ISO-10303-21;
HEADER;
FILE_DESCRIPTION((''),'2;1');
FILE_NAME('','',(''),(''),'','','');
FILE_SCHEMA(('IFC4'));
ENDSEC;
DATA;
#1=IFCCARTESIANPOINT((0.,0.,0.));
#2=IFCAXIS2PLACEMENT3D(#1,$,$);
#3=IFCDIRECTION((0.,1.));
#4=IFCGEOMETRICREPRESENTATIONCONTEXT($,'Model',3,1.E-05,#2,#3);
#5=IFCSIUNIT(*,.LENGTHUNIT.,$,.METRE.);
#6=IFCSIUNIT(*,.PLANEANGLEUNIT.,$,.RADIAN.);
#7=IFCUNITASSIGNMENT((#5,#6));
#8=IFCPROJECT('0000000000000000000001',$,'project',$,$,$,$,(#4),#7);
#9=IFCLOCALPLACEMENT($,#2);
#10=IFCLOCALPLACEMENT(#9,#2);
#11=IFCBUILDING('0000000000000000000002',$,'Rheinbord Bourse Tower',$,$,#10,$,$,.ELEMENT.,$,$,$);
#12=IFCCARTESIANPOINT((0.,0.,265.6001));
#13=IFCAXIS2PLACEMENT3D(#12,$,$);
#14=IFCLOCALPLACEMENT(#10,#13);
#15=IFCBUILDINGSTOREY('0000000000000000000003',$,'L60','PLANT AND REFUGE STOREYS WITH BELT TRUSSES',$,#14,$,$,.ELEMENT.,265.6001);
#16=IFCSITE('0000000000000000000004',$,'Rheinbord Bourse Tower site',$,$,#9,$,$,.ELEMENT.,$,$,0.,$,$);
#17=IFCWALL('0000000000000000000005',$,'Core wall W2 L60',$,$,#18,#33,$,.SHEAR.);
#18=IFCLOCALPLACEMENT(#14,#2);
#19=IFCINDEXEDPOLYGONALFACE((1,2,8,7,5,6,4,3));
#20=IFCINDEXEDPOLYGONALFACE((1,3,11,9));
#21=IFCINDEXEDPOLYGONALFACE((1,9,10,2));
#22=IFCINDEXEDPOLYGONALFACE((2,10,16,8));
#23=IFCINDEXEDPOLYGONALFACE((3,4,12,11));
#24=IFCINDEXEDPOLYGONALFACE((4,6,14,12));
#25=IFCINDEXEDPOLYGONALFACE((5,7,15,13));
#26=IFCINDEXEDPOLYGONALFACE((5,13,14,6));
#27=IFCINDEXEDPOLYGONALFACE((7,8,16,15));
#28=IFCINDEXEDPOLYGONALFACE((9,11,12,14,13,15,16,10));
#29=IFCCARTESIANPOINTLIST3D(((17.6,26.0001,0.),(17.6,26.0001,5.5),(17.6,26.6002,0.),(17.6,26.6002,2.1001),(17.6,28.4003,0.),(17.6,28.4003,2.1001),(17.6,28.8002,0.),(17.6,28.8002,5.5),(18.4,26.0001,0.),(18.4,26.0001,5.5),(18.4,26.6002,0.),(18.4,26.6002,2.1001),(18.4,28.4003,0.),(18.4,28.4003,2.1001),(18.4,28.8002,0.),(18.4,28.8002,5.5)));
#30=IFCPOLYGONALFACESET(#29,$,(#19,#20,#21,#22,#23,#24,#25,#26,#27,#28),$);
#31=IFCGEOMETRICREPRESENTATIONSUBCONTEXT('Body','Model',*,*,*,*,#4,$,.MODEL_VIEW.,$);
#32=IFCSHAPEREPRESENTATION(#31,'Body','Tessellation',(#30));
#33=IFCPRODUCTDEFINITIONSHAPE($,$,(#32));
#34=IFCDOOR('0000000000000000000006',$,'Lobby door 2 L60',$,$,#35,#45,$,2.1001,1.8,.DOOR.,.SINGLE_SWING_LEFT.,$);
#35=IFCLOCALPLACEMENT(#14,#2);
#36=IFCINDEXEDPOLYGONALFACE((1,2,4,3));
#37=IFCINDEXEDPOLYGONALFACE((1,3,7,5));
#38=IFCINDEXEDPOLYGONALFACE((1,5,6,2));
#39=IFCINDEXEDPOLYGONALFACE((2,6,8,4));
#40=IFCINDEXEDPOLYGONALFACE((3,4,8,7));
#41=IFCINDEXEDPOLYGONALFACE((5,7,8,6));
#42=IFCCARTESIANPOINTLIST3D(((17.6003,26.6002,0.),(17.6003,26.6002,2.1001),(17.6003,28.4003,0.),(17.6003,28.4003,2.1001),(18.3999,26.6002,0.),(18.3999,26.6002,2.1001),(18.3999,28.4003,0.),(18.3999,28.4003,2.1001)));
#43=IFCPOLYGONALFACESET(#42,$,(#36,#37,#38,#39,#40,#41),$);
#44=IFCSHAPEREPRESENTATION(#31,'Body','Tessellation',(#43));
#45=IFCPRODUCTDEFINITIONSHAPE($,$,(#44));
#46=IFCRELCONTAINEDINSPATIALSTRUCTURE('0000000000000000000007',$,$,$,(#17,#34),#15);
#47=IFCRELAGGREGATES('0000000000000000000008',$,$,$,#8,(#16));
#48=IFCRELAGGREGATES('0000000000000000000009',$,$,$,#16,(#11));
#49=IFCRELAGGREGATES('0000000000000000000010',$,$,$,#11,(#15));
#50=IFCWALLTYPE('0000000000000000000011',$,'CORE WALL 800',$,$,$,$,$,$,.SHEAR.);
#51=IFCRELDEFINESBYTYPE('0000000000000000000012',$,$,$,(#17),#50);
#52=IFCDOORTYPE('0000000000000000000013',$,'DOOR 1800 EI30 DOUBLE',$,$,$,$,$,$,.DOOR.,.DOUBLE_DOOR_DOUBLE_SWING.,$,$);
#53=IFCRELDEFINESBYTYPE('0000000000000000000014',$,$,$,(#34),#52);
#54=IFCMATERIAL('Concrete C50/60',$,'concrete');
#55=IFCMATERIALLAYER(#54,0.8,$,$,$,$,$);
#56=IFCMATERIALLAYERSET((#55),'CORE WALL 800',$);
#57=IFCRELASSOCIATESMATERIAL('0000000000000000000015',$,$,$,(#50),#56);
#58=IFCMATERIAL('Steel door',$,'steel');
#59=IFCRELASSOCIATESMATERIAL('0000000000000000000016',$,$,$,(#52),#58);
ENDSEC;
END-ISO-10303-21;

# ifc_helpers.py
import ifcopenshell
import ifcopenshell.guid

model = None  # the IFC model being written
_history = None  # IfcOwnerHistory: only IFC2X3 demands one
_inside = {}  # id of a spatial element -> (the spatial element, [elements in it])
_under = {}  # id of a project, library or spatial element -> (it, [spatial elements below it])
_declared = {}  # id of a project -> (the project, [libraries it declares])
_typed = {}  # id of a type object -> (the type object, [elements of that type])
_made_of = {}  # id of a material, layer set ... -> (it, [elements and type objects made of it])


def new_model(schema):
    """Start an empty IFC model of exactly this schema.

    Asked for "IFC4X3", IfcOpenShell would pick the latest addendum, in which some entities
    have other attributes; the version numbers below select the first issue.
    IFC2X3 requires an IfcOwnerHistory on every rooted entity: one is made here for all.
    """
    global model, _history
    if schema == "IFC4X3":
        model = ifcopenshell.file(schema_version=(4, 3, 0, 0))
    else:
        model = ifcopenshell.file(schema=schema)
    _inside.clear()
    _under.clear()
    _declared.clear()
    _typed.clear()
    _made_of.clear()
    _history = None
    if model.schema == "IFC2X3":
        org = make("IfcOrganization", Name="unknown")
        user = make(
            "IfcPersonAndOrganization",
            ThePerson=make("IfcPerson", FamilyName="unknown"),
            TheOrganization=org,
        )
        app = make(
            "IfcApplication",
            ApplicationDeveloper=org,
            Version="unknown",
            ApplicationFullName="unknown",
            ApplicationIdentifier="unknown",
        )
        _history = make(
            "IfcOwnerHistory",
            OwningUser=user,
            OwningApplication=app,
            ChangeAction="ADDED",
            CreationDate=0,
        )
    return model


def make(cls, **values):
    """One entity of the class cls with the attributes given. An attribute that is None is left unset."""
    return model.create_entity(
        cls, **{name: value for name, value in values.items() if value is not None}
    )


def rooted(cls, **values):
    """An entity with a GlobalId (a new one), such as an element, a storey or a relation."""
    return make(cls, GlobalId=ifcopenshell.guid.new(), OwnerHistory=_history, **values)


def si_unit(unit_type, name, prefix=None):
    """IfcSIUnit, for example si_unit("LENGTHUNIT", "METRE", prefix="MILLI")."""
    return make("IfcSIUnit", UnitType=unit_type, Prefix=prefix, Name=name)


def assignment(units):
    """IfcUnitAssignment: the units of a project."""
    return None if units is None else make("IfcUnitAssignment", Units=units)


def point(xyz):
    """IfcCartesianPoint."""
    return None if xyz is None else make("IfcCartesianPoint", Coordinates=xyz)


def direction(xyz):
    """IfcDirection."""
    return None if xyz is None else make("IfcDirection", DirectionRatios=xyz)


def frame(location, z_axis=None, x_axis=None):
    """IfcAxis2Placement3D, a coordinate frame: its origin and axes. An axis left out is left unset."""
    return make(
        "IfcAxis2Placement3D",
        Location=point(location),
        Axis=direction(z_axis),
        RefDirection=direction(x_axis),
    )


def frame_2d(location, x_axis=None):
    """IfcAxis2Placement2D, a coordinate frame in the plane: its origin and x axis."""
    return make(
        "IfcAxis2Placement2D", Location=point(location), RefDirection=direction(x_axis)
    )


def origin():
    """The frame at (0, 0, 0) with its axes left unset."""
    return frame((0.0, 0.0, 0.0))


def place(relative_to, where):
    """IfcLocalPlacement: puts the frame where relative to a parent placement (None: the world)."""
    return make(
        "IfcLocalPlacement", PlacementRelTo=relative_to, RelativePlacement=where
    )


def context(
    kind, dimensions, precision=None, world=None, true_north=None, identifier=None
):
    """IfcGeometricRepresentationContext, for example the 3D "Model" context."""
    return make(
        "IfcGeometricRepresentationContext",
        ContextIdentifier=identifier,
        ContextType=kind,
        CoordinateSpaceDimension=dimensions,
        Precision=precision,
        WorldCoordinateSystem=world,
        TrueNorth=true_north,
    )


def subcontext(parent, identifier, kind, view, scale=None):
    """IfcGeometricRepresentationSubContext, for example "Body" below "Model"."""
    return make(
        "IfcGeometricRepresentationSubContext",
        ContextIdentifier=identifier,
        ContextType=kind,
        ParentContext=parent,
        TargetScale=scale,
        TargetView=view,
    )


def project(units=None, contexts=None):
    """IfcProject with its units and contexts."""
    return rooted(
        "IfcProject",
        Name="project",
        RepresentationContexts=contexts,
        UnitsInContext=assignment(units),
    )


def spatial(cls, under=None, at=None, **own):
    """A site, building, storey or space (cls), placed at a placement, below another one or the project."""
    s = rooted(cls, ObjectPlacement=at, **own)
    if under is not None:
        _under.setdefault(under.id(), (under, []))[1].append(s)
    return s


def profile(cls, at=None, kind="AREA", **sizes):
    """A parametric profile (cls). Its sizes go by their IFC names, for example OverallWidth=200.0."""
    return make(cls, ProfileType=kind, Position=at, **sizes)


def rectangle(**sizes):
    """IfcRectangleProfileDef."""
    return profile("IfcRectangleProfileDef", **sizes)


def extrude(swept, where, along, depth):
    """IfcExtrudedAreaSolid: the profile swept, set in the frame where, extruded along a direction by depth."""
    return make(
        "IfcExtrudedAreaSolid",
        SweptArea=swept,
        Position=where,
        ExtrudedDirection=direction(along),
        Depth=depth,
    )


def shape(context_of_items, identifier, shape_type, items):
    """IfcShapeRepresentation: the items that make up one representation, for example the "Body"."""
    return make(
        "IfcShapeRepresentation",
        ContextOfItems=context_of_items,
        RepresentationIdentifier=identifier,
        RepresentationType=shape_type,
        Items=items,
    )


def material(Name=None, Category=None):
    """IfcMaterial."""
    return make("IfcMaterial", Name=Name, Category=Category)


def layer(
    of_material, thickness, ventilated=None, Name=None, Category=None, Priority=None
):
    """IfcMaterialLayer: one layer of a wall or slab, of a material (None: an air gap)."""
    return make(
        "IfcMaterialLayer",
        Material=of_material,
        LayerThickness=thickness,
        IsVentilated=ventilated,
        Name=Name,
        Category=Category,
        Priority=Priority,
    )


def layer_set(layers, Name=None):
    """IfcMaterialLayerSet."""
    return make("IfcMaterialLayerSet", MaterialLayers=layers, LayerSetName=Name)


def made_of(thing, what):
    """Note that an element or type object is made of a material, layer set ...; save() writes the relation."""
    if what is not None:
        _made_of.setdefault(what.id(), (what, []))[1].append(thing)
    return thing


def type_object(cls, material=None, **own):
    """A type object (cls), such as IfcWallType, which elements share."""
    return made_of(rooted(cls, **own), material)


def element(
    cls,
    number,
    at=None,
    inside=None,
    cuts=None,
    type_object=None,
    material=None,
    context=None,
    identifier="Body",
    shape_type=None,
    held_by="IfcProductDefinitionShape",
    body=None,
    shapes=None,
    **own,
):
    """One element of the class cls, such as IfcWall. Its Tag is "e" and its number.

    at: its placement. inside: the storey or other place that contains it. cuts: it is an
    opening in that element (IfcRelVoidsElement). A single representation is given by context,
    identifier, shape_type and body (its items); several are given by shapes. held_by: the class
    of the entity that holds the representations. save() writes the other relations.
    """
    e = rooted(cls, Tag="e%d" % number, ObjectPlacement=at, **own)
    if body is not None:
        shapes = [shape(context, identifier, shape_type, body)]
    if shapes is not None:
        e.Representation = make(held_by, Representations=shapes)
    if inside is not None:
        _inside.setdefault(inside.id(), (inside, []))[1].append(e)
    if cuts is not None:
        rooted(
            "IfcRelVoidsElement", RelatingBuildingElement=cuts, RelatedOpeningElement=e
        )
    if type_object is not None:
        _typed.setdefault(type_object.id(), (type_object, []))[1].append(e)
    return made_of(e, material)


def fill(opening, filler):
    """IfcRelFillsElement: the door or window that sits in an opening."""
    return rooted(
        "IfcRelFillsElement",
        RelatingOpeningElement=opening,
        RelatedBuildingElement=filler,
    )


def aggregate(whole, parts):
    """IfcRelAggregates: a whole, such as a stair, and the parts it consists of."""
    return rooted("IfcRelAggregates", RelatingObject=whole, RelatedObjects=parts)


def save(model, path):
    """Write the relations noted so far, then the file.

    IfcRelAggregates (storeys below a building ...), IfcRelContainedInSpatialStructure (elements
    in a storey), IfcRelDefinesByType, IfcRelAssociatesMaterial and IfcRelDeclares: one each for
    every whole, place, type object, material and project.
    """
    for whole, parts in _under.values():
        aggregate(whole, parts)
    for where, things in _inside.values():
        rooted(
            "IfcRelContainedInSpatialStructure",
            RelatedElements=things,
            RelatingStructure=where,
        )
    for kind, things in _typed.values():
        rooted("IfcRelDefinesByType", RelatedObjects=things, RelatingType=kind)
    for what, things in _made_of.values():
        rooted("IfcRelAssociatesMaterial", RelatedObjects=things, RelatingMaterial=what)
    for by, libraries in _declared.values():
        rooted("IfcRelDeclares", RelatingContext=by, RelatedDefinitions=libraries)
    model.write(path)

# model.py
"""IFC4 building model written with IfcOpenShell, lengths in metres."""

from ifc_helpers import new_model, si_unit, direction, frame, frame_2d, origin, place, context, subcontext, project, spatial, rectangle, extrude, material, layer, layer_set, type_object, element, fill, save


model = new_model("IFC4")

# Units and contexts
model_context = context("Model", 3, precision=1e-05, world=origin(), true_north=direction((0.0, 1.0)))
body_context = subcontext(model_context, "Body", "Model", "MODEL_VIEW")
ifc_project = project(units=[si_unit("LENGTHUNIT", "METRE"), si_unit("PLANEANGLEUNIT", "RADIAN")], contexts=[model_context])

# Site, building, storey
site_placement = place(None, origin())
site = spatial("IfcSite", under=ifc_project, at=site_placement, Name="Rheinbord Bourse Tower site", CompositionType="ELEMENT", RefElevation=0.0)
building_placement = place(site_placement, origin())
building = spatial("IfcBuilding", under=site, at=building_placement, Name="Rheinbord Bourse Tower", CompositionType="ELEMENT")
storey_placement = place(building_placement, frame((0.0, 0.0, 265.6001)))
storey = spatial("IfcBuildingStorey", under=building, at=storey_placement, Name="L60", Description="PLANT AND REFUGE STOREYS WITH BELT TRUSSES", CompositionType="ELEMENT", Elevation=265.6001)

# Wall, opening, door
ifc_material_1 = material(Name="Concrete C50/60", Category="concrete")
ifc_layer_1 = layer(ifc_material_1, 0.8)
ifc_layer_set_1 = layer_set([ifc_layer_1], Name="CORE WALL 800")
wall_type_1 = type_object("IfcWallType", Name="CORE WALL 800", PredefinedType="SHEAR", material=ifc_layer_set_1)
wall_1_placement = place(storey_placement, frame((18.0, 28.8, 0.0), z_axis=(0.0, 0.0, 1.0), x_axis=(0.0, -1.0, 0.0)))
wall_1 = element("IfcWall", 1, at=wall_1_placement, inside=storey, type_object=wall_type_1, Name="Core wall W2 L60", PredefinedType="SHEAR", context=body_context, shape_type="SweptSolid", body=[
    extrude(rectangle(XDim=2.8, YDim=0.8, at=frame_2d((1.3999, 0.0))), origin(), (0.0, 0.0, 1.0), 5.5),
])
opening_1_placement = place(wall_1_placement, frame((0.3999, 0.0, 0.0)))
opening_1 = element("IfcOpeningElement", 2, at=opening_1_placement, cuts=wall_1, PredefinedType="OPENING", context=body_context, shape_type="SweptSolid", body=[
    extrude(rectangle(XDim=1.8, YDim=2.1001, at=frame_2d((0.8999, 1.05))), frame((0.0, 0.4099, 0.0), z_axis=(0.0, -1.0, 0.0), x_axis=(1.0, 0.0, 0.0)), (0.0, 0.0, 1.0), 0.8201),
])
ifc_material_2 = material(Name="Steel door", Category="steel")
door_type_1 = type_object("IfcDoorType", Name="DOOR 1800 EI30 DOUBLE", OperationType="DOUBLE_DOOR_DOUBLE_SWING", PredefinedType="DOOR", material=ifc_material_2)
door_1_placement = place(opening_1_placement, origin())
door_1 = element("IfcDoor", 3, at=door_1_placement, inside=storey, type_object=door_type_1, Name="Lobby door 2 L60", OperationType="SINGLE_SWING_LEFT", OverallHeight=2.1001, OverallWidth=1.8, PredefinedType="DOOR", context=body_context, shape_type="SweptSolid", body=[
    extrude(rectangle(XDim=1.8, YDim=2.1001, at=frame_2d((0.8999, 1.05))), frame((0.0, 0.3999, 0.0), z_axis=(0.0, -1.0, 0.0), x_axis=(1.0, 0.0, 0.0)), (0.0, 0.0, 1.0), 0.7996),
])
fill(opening_1, door_1)

save(model, "model.ifc")
